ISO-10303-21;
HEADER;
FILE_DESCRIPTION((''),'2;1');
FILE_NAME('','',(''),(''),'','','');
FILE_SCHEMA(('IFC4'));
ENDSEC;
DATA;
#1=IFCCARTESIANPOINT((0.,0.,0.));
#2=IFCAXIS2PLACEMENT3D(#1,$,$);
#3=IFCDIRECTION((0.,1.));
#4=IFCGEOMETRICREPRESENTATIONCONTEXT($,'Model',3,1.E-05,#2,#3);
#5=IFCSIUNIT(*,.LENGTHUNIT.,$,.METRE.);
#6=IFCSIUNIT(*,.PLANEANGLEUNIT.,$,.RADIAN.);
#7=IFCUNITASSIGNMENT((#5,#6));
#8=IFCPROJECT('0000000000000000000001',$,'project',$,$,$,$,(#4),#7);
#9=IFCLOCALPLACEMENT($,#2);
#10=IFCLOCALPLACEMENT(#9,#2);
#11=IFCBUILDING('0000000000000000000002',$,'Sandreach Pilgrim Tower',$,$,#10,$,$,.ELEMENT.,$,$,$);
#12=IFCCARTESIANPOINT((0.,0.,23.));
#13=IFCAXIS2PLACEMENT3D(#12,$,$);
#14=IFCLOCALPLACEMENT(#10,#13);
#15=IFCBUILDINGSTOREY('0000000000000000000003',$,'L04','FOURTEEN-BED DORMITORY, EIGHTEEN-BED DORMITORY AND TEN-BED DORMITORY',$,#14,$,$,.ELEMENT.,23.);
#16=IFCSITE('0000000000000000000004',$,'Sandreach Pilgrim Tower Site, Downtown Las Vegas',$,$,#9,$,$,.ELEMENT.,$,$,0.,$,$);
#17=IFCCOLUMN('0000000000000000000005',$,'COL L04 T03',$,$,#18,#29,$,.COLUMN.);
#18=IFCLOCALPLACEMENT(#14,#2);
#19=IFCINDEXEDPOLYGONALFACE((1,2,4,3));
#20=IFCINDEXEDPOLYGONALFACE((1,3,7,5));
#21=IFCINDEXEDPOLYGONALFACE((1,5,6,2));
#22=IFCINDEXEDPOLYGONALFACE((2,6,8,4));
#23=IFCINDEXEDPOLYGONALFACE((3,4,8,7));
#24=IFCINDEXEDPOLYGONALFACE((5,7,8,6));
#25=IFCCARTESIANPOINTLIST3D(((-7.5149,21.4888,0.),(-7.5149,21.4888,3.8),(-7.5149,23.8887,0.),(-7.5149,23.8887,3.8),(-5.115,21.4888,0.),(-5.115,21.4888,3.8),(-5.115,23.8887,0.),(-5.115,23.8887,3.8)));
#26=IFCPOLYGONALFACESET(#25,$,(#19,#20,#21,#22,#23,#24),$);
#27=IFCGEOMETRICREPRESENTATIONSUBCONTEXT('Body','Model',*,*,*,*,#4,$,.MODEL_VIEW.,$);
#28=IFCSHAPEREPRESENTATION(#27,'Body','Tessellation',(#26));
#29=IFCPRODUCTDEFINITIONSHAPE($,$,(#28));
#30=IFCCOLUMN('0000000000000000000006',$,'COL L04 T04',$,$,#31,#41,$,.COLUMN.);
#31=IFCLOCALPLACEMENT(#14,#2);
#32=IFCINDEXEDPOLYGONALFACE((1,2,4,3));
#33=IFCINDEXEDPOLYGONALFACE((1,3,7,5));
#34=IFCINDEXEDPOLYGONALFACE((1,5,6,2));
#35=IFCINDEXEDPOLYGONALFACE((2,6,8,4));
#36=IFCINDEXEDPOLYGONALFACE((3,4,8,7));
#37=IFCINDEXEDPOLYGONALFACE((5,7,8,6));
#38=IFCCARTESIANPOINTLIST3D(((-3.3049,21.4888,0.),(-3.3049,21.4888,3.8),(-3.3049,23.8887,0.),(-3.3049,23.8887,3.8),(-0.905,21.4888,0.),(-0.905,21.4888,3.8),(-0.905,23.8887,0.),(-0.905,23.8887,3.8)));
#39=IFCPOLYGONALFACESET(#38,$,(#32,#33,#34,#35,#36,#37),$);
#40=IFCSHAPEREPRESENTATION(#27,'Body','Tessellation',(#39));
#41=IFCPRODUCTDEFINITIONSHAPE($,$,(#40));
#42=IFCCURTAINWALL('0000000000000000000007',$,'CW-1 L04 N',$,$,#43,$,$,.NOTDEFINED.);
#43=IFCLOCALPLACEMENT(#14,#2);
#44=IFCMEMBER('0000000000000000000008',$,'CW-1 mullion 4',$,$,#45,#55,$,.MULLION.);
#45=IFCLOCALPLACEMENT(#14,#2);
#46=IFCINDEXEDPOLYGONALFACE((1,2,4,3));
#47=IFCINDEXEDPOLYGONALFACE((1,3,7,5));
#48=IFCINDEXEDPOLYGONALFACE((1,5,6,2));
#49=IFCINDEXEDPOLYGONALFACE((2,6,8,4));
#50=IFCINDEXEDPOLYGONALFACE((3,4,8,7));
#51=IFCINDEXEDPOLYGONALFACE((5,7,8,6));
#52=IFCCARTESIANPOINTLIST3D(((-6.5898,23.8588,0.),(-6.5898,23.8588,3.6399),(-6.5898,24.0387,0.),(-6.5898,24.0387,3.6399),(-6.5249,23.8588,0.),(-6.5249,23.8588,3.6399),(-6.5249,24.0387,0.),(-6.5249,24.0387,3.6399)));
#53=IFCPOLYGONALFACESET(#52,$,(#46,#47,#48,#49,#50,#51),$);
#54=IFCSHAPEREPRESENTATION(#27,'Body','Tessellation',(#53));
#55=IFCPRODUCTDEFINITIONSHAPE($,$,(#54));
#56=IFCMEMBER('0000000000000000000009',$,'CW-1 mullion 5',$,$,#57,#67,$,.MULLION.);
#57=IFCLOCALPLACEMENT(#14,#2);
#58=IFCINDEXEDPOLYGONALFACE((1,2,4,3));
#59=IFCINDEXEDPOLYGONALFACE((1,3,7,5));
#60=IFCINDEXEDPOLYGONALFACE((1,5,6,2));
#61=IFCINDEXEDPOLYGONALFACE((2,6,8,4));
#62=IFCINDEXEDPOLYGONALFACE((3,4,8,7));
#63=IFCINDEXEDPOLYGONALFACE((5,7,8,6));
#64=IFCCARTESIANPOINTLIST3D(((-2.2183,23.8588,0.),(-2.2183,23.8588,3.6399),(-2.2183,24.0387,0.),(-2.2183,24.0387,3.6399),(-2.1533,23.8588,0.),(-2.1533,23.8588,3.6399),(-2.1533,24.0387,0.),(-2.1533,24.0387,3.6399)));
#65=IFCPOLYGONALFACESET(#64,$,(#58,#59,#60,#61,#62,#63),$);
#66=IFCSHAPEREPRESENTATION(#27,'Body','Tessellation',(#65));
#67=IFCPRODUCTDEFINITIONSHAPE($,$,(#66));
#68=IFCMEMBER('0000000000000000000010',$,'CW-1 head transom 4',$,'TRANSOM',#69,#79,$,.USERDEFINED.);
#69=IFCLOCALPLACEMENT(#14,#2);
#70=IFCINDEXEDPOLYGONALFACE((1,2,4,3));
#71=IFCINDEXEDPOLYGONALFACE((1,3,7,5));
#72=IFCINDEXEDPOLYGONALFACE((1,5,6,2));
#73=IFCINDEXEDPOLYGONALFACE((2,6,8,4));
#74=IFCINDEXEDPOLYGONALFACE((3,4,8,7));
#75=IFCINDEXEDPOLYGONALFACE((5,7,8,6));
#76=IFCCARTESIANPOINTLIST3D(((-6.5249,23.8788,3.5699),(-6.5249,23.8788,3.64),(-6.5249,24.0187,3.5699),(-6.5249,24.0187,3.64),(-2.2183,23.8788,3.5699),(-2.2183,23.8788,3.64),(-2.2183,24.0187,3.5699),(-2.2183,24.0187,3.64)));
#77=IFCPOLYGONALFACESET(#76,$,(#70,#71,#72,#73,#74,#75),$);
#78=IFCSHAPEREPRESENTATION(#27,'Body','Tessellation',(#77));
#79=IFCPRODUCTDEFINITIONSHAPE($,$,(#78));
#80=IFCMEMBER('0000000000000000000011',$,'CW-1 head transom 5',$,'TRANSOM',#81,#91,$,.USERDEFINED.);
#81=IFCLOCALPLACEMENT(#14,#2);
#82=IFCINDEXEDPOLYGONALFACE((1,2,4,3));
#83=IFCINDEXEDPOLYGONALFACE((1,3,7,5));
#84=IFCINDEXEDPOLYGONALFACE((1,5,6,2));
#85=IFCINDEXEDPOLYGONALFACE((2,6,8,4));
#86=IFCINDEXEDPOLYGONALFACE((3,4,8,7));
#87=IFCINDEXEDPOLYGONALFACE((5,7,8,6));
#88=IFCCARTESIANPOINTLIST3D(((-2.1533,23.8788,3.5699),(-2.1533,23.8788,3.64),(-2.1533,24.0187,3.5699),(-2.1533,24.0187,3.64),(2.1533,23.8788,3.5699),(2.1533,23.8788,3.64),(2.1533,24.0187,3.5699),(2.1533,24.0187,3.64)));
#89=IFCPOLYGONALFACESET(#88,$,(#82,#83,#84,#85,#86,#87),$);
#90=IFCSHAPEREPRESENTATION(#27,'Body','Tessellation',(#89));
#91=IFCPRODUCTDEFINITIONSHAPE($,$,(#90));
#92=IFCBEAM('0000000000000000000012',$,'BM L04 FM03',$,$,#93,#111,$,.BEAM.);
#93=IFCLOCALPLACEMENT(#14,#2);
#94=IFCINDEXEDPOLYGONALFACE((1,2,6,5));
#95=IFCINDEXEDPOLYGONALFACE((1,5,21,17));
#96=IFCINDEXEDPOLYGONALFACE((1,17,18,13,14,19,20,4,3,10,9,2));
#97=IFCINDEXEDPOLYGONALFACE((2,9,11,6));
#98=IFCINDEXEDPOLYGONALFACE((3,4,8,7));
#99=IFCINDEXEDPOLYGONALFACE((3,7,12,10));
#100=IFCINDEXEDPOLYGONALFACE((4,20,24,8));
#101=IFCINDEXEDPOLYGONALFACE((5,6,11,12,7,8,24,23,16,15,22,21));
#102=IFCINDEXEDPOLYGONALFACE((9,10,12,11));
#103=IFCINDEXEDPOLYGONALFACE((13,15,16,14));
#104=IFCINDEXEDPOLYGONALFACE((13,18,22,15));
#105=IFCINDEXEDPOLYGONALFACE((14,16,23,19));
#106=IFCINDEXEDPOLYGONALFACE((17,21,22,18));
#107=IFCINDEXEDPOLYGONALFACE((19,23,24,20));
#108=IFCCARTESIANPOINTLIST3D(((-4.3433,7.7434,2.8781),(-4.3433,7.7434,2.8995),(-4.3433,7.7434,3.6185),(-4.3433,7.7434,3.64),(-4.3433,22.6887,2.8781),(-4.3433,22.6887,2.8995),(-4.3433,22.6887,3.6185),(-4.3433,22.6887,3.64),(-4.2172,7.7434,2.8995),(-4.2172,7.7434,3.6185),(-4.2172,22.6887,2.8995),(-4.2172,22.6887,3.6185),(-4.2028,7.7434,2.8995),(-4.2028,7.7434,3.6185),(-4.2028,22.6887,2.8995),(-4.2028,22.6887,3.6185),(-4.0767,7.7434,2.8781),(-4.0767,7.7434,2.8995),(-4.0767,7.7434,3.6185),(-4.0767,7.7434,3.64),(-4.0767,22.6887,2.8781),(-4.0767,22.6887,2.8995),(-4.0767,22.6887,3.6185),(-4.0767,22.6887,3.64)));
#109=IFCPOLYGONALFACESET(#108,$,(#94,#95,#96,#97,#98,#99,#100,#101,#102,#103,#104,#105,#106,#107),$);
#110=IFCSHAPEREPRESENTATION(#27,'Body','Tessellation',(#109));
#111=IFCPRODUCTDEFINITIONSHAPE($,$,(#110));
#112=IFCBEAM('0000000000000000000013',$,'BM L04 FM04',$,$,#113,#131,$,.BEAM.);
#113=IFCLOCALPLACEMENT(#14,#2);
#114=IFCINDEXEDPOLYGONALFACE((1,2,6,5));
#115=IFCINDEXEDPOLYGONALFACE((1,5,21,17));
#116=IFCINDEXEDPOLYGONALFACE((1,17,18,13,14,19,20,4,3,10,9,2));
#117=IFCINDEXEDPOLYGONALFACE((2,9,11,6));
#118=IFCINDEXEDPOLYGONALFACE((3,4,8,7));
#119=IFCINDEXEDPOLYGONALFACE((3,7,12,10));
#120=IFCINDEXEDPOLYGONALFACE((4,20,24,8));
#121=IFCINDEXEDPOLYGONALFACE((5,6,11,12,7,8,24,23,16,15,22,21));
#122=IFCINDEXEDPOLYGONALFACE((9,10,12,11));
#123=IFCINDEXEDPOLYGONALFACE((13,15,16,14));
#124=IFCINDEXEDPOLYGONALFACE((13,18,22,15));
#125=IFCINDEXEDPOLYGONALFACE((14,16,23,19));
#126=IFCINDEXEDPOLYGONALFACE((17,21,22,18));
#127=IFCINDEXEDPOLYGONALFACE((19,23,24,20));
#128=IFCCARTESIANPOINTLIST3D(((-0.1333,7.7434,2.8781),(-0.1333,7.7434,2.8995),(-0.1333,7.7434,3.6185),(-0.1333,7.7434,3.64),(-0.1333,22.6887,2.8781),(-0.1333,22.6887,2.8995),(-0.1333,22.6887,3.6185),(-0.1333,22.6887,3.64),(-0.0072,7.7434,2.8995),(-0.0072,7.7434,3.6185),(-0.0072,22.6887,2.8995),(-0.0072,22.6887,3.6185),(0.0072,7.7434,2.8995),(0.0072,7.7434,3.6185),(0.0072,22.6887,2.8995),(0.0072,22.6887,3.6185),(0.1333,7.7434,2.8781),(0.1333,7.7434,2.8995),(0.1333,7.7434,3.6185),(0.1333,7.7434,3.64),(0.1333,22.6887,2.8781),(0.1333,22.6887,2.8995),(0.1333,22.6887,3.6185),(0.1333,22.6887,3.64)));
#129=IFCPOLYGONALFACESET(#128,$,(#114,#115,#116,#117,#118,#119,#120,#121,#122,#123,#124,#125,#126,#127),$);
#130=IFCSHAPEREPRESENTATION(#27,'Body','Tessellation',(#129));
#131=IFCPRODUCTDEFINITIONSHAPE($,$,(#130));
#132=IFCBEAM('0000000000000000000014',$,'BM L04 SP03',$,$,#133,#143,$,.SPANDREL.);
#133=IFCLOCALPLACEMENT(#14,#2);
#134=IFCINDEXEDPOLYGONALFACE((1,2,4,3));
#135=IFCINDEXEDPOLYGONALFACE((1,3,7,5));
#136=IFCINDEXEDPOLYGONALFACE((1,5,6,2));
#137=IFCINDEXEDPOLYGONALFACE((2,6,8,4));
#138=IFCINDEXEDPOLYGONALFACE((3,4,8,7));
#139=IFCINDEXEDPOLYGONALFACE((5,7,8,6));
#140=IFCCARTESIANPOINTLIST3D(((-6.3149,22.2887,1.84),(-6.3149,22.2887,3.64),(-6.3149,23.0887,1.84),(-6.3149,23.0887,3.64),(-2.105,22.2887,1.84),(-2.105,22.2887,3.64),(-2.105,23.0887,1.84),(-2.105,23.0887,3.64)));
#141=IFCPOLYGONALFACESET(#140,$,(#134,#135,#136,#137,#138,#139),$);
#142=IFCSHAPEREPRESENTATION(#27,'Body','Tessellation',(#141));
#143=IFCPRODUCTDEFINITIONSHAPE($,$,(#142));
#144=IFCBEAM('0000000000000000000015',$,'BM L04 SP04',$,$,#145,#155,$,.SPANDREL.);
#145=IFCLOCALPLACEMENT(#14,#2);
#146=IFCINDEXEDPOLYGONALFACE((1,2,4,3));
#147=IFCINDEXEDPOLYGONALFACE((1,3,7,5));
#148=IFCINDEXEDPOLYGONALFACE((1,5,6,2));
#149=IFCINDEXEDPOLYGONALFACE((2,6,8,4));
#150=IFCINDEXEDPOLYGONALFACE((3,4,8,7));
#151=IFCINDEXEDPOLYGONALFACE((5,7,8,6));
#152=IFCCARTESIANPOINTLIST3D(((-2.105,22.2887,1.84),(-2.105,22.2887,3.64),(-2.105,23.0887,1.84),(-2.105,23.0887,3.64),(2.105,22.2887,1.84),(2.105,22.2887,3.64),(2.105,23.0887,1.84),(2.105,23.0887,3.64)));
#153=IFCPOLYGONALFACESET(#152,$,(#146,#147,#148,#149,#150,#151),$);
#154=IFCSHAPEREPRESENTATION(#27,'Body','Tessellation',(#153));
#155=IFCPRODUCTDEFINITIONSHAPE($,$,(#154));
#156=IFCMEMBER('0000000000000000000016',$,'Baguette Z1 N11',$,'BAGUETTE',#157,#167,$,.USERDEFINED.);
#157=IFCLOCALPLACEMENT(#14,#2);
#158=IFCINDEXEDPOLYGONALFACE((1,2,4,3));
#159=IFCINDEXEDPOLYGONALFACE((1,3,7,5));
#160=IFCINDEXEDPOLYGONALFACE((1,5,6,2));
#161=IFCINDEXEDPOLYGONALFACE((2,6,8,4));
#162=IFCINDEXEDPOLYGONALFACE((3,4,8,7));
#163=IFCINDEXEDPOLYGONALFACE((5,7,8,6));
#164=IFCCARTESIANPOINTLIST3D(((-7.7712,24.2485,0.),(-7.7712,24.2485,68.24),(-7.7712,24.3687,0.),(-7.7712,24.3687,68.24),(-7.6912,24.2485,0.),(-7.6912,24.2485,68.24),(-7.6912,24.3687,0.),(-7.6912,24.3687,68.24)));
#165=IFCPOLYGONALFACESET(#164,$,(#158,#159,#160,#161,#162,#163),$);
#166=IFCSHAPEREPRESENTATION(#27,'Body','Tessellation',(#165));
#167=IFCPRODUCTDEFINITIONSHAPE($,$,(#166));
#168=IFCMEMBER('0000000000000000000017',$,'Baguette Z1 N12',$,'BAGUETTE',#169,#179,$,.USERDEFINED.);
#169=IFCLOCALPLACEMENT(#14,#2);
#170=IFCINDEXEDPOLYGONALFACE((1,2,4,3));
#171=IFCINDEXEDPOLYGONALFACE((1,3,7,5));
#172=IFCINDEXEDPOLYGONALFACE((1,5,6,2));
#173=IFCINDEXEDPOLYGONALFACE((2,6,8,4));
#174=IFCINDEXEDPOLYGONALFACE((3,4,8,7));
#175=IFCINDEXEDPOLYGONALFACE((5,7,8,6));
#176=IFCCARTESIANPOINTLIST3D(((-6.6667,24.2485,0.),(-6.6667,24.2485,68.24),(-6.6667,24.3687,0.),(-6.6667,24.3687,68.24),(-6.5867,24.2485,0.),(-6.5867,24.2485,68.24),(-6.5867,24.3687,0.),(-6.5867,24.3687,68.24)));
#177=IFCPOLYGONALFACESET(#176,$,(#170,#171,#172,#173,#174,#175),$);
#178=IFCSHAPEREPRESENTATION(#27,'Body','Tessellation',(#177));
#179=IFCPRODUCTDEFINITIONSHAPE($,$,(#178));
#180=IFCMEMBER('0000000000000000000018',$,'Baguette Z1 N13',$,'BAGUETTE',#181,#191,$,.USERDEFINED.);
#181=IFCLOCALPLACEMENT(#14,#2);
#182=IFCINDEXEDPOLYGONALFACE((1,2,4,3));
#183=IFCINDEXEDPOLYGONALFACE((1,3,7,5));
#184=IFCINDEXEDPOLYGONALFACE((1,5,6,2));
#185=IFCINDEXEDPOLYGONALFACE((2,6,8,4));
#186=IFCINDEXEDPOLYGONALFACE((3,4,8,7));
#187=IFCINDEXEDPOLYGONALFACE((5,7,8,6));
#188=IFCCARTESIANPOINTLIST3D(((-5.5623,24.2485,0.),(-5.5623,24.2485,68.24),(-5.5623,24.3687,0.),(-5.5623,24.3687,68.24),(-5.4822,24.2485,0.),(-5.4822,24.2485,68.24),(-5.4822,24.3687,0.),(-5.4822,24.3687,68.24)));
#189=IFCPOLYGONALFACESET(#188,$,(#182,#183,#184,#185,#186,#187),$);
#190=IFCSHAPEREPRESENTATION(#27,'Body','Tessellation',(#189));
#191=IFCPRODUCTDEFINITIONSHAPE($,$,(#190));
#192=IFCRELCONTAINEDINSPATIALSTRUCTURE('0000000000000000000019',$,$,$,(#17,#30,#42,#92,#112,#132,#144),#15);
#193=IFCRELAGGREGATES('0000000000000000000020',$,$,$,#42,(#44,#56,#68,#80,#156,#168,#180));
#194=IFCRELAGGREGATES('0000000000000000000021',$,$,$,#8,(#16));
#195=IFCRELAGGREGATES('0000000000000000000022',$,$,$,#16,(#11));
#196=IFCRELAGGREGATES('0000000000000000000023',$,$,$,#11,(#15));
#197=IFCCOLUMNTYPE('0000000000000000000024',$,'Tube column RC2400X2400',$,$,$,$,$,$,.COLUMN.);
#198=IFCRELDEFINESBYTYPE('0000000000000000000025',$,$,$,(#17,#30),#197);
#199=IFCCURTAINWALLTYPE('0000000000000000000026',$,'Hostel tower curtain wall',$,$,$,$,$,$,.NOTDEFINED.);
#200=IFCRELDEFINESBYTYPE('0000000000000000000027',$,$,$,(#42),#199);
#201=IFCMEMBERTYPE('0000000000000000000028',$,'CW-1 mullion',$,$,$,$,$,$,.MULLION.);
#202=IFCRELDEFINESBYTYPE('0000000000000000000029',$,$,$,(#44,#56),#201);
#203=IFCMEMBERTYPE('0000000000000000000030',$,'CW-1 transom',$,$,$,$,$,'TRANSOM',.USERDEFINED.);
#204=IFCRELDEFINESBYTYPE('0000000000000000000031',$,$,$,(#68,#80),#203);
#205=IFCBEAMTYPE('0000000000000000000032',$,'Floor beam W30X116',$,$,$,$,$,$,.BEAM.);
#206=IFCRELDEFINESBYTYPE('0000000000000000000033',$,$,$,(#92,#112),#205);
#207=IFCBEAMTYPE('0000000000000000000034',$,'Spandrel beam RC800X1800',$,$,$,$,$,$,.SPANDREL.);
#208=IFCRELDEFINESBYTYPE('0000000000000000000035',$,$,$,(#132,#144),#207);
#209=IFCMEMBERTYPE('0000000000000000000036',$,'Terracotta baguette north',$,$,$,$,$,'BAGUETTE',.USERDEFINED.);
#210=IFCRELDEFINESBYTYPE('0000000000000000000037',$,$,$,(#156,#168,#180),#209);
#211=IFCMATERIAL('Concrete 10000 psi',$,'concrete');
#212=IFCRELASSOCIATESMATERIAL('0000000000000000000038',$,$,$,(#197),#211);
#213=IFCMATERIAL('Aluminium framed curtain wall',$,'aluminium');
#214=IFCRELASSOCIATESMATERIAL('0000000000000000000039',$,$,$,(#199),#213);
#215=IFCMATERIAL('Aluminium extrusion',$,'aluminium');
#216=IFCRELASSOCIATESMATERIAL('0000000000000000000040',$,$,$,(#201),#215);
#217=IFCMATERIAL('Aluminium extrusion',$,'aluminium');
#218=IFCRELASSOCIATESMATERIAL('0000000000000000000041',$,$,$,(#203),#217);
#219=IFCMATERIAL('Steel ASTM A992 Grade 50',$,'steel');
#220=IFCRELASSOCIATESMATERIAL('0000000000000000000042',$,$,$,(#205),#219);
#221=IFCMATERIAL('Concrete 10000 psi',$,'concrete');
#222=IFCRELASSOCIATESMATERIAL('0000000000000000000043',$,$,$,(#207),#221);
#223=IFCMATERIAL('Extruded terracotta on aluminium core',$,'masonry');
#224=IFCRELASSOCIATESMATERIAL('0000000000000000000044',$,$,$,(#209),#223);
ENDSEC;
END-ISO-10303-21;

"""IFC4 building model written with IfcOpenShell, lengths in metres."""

from ifc_helpers import new_model, si_unit, direction, frame, origin, origin_2d, place, context, subcontext, project, spatial, rectangle, i_section, extrude, material, material_profile, profile_set, type_object, element, aggregate, save


model = new_model("IFC4")

# Units and contexts
model_context = context("Model", 3, precision=1e-05, world=origin(), true_north=direction((0.0, 1.0)))
body_context = subcontext(model_context, "Body", "Model", "MODEL_VIEW")
ifc_project = project(units=[si_unit("LENGTHUNIT", "METRE"), si_unit("PLANEANGLEUNIT", "RADIAN")], contexts=[model_context])

# Site, building, storey
site_placement = place(None, origin())
site = spatial("IfcSite", under=ifc_project, at=site_placement, Name="Sandreach Pilgrim Tower Site, Downtown Las Vegas", CompositionType="ELEMENT", RefElevation=0.0)
building_placement = place(site_placement, origin())
building = spatial("IfcBuilding", under=site, at=building_placement, Name="Sandreach Pilgrim Tower", CompositionType="ELEMENT")
storey_placement = place(building_placement, frame((0.0, 0.0, 23.0)))
storey = spatial("IfcBuildingStorey", under=building, at=storey_placement, Name="L04", Description="FOURTEEN-BED DORMITORY, EIGHTEEN-BED DORMITORY AND TEN-BED DORMITORY", CompositionType="ELEMENT", Elevation=23.0)

# Columns
ifc_material_1 = material(Name="Concrete 10000 psi", Category="concrete")
ifc_material_profile_1 = material_profile(ifc_material_1, rectangle(XDim=2.3999, YDim=2.3999, at=origin_2d()), Name="RC2400X2400")
ifc_profile_set_1 = profile_set([ifc_material_profile_1], Name="Concrete 10000 psi")
column_type = type_object("IfcColumnType", Name="Tube column RC2400X2400", PredefinedType="COLUMN", material=ifc_profile_set_1)
for number, where, z_axis, x_axis, name in (
    (1, (-6.3149, 22.6887, 0.0), (0.0, 0.0, 1.0), (0.0, 1.0, 0.0), "COL L04 T03"),
    (2, (-2.105, 22.6887, 0.0), (0.0, 0.0, 1.0), (0.0, 1.0, 0.0), "COL L04 T04"),
):
    element("IfcColumn", number, at=place(storey_placement, frame(where, z_axis=z_axis, x_axis=x_axis)), inside=storey, type_object=column_type, Name=name, PredefinedType="COLUMN", context=body_context, shape_type="SweptSolid", body=[
        extrude(rectangle(XDim=2.3999, YDim=2.3999, at=origin_2d()), origin(), (0.0, 0.0, 1.0), 3.8),
    ])

# Curtain wall, members
ifc_material_2 = material(Name="Aluminium framed curtain wall", Category="aluminium")
curtain_wall_type = type_object("IfcCurtainWallType", Name="Hostel tower curtain wall", PredefinedType="NOTDEFINED", material=ifc_material_2)
curtain_wall_placement = place(storey_placement, origin())
curtain_wall = element("IfcCurtainWall", 3, at=curtain_wall_placement, inside=storey, type_object=curtain_wall_type, Name="CW-1 L04 N", PredefinedType="NOTDEFINED")
ifc_material_3 = material(Name="Aluminium extrusion", Category="aluminium")
ifc_material_profile_2 = material_profile(ifc_material_3, rectangle(XDim=0.0649, YDim=0.1799, at=origin_2d()), Name="CW-1M 65X180")
ifc_profile_set_2 = profile_set([ifc_material_profile_2], Name="Aluminium extrusion")
member_type_1 = type_object("IfcMemberType", Name="CW-1 mullion", PredefinedType="MULLION", material=ifc_profile_set_2)
member_1_placement = place(storey_placement, frame((-6.5574, 23.9487, 0.0), z_axis=(0.0, 0.0, 1.0), x_axis=(1.0, 0.0, 0.0)))
member_1 = element("IfcMember", 4, at=member_1_placement, type_object=member_type_1, Name="CW-1 mullion 4", PredefinedType="MULLION", context=body_context, shape_type="SweptSolid", body=[
    extrude(rectangle(XDim=0.0649, YDim=0.1799, at=origin_2d()), origin(), (0.0, 0.0, 1.0), 3.6399),
])
member_2_placement = place(storey_placement, frame((-2.1858, 23.9487, 0.0), z_axis=(0.0, 0.0, 1.0), x_axis=(1.0, 0.0, 0.0)))
member_2 = element("IfcMember", 5, at=member_2_placement, type_object=member_type_1, Name="CW-1 mullion 5", PredefinedType="MULLION", context=body_context, shape_type="SweptSolid", body=[
    extrude(rectangle(XDim=0.0649, YDim=0.1799, at=origin_2d()), origin(), (0.0, 0.0, 1.0), 3.6399),
])
ifc_material_4 = material(Name="Aluminium extrusion", Category="aluminium")
ifc_material_profile_3 = material_profile(ifc_material_4, rectangle(XDim=0.1399, YDim=0.0701, at=origin_2d()), Name="CW-1T 140X70")
ifc_profile_set_3 = profile_set([ifc_material_profile_3], Name="Aluminium extrusion")
member_type_2 = type_object("IfcMemberType", Name="CW-1 transom", ElementType="TRANSOM", PredefinedType="USERDEFINED", material=ifc_profile_set_3)
member_3_placement = place(storey_placement, frame((-6.5249, 23.9487, 3.605), z_axis=(1.0, 0.0, 0.0), x_axis=(0.0, 1.0, 0.0)))
member_3 = element("IfcMember", 6, at=member_3_placement, type_object=member_type_2, Name="CW-1 head transom 4", ObjectType="TRANSOM", PredefinedType="USERDEFINED", context=body_context, shape_type="SweptSolid", body=[
    extrude(rectangle(XDim=0.1399, YDim=0.0701, at=origin_2d()), origin(), (0.0, 0.0, 1.0), 4.3066),
])
member_4_placement = place(storey_placement, frame((-2.1533, 23.9487, 3.605), z_axis=(1.0, 0.0, 0.0), x_axis=(0.0, 1.0, 0.0)))
member_4 = element("IfcMember", 7, at=member_4_placement, type_object=member_type_2, Name="CW-1 head transom 5", ObjectType="TRANSOM", PredefinedType="USERDEFINED", context=body_context, shape_type="SweptSolid", body=[
    extrude(rectangle(XDim=0.1399, YDim=0.0701, at=origin_2d()), origin(), (0.0, 0.0, 1.0), 4.3066),
])

# Beams
ifc_material_5 = material(Name="Steel ASTM A992 Grade 50", Category="steel")
ifc_material_profile_4 = material_profile(ifc_material_5, i_section(OverallWidth=0.2666, OverallDepth=0.762, WebThickness=0.0144, FlangeThickness=0.0215, at=origin_2d()), Name="W30X116")
ifc_profile_set_4 = profile_set([ifc_material_profile_4], Name="Steel ASTM A992 Grade 50")
beam_type_1 = type_object("IfcBeamType", Name="Floor beam W30X116", PredefinedType="BEAM", material=ifc_profile_set_4)
for number, where, z_axis, x_axis, name in (
    (8, (-4.21, 22.6887, 3.259), (0.0, -1.0, 0.0), (1.0, 0.0, 0.0), "BM L04 FM03"),
    (9, (0.0, 22.6887, 3.259), (0.0, -1.0, 0.0), (1.0, 0.0, 0.0), "BM L04 FM04"),
):
    element("IfcBeam", number, at=place(storey_placement, frame(where, z_axis=z_axis, x_axis=x_axis)), inside=storey, type_object=beam_type_1, Name=name, PredefinedType="BEAM", context=body_context, shape_type="SweptSolid", body=[
        extrude(i_section(OverallWidth=0.2666, OverallDepth=0.762, WebThickness=0.0144, FlangeThickness=0.0215, at=origin_2d()), origin(), (0.0, 0.0, 1.0), 14.9453),
    ])
ifc_material_6 = material(Name="Concrete 10000 psi", Category="concrete")
ifc_material_profile_5 = material_profile(ifc_material_6, rectangle(XDim=0.8, YDim=1.8, at=origin_2d()), Name="RC800X1800")
ifc_profile_set_5 = profile_set([ifc_material_profile_5], Name="Concrete 10000 psi")
beam_type_2 = type_object("IfcBeamType", Name="Spandrel beam RC800X1800", PredefinedType="SPANDREL", material=ifc_profile_set_5)
for number, where, z_axis, x_axis, name in (
    (10, (-6.3149, 22.6887, 2.74), (1.0, 0.0, 0.0), (0.0, 1.0, 0.0), "BM L04 SP03"),
    (11, (-2.105, 22.6887, 2.74), (1.0, 0.0, 0.0), (0.0, 1.0, 0.0), "BM L04 SP04"),
):
    element("IfcBeam", number, at=place(storey_placement, frame(where, z_axis=z_axis, x_axis=x_axis)), inside=storey, type_object=beam_type_2, Name=name, PredefinedType="SPANDREL", context=body_context, shape_type="SweptSolid", body=[
        extrude(rectangle(XDim=0.8, YDim=1.8, at=origin_2d()), origin(), (0.0, 0.0, 1.0), 4.21),
    ])

# Members
ifc_material_7 = material(Name="Extruded terracotta on aluminium core", Category="masonry")
ifc_material_profile_6 = material_profile(ifc_material_7, rectangle(XDim=0.0801, YDim=0.1201, at=origin_2d()), Name="TBN 80X120")
ifc_profile_set_6 = profile_set([ifc_material_profile_6], Name="Extruded terracotta on aluminium core")
member_type_3 = type_object("IfcMemberType", Name="Terracotta baguette north", ElementType="BAGUETTE", PredefinedType="USERDEFINED", material=ifc_profile_set_6)
member_5_placement = place(storey_placement, frame((-7.7312, 24.3086, 0.0), z_axis=(0.0, 0.0, 1.0), x_axis=(1.0, 0.0, 0.0)))
member_5 = element("IfcMember", 12, at=member_5_placement, type_object=member_type_3, Name="Baguette Z1 N11", ObjectType="BAGUETTE", PredefinedType="USERDEFINED", context=body_context, shape_type="SweptSolid", body=[
    extrude(rectangle(XDim=0.0801, YDim=0.1201, at=origin_2d()), origin(), (0.0, 0.0, 1.0), 68.24),
])
member_6_placement = place(storey_placement, frame((-6.6267, 24.3086, 0.0), z_axis=(0.0, 0.0, 1.0), x_axis=(1.0, 0.0, 0.0)))
member_6 = element("IfcMember", 13, at=member_6_placement, type_object=member_type_3, Name="Baguette Z1 N12", ObjectType="BAGUETTE", PredefinedType="USERDEFINED", context=body_context, shape_type="SweptSolid", body=[
    extrude(rectangle(XDim=0.0801, YDim=0.1201, at=origin_2d()), origin(), (0.0, 0.0, 1.0), 68.24),
])
member_7_placement = place(storey_placement, frame((-5.5222, 24.3086, 0.0), z_axis=(0.0, 0.0, 1.0), x_axis=(1.0, 0.0, 0.0)))
member_7 = element("IfcMember", 14, at=member_7_placement, type_object=member_type_3, Name="Baguette Z1 N13", ObjectType="BAGUETTE", PredefinedType="USERDEFINED", context=body_context, shape_type="SweptSolid", body=[
    extrude(rectangle(XDim=0.0801, YDim=0.1201, at=origin_2d()), origin(), (0.0, 0.0, 1.0), 68.24),
])

aggregate(curtain_wall, [member_1, member_2, member_3, member_4, member_5, member_6, member_7])

save(model, "model.ifc")
